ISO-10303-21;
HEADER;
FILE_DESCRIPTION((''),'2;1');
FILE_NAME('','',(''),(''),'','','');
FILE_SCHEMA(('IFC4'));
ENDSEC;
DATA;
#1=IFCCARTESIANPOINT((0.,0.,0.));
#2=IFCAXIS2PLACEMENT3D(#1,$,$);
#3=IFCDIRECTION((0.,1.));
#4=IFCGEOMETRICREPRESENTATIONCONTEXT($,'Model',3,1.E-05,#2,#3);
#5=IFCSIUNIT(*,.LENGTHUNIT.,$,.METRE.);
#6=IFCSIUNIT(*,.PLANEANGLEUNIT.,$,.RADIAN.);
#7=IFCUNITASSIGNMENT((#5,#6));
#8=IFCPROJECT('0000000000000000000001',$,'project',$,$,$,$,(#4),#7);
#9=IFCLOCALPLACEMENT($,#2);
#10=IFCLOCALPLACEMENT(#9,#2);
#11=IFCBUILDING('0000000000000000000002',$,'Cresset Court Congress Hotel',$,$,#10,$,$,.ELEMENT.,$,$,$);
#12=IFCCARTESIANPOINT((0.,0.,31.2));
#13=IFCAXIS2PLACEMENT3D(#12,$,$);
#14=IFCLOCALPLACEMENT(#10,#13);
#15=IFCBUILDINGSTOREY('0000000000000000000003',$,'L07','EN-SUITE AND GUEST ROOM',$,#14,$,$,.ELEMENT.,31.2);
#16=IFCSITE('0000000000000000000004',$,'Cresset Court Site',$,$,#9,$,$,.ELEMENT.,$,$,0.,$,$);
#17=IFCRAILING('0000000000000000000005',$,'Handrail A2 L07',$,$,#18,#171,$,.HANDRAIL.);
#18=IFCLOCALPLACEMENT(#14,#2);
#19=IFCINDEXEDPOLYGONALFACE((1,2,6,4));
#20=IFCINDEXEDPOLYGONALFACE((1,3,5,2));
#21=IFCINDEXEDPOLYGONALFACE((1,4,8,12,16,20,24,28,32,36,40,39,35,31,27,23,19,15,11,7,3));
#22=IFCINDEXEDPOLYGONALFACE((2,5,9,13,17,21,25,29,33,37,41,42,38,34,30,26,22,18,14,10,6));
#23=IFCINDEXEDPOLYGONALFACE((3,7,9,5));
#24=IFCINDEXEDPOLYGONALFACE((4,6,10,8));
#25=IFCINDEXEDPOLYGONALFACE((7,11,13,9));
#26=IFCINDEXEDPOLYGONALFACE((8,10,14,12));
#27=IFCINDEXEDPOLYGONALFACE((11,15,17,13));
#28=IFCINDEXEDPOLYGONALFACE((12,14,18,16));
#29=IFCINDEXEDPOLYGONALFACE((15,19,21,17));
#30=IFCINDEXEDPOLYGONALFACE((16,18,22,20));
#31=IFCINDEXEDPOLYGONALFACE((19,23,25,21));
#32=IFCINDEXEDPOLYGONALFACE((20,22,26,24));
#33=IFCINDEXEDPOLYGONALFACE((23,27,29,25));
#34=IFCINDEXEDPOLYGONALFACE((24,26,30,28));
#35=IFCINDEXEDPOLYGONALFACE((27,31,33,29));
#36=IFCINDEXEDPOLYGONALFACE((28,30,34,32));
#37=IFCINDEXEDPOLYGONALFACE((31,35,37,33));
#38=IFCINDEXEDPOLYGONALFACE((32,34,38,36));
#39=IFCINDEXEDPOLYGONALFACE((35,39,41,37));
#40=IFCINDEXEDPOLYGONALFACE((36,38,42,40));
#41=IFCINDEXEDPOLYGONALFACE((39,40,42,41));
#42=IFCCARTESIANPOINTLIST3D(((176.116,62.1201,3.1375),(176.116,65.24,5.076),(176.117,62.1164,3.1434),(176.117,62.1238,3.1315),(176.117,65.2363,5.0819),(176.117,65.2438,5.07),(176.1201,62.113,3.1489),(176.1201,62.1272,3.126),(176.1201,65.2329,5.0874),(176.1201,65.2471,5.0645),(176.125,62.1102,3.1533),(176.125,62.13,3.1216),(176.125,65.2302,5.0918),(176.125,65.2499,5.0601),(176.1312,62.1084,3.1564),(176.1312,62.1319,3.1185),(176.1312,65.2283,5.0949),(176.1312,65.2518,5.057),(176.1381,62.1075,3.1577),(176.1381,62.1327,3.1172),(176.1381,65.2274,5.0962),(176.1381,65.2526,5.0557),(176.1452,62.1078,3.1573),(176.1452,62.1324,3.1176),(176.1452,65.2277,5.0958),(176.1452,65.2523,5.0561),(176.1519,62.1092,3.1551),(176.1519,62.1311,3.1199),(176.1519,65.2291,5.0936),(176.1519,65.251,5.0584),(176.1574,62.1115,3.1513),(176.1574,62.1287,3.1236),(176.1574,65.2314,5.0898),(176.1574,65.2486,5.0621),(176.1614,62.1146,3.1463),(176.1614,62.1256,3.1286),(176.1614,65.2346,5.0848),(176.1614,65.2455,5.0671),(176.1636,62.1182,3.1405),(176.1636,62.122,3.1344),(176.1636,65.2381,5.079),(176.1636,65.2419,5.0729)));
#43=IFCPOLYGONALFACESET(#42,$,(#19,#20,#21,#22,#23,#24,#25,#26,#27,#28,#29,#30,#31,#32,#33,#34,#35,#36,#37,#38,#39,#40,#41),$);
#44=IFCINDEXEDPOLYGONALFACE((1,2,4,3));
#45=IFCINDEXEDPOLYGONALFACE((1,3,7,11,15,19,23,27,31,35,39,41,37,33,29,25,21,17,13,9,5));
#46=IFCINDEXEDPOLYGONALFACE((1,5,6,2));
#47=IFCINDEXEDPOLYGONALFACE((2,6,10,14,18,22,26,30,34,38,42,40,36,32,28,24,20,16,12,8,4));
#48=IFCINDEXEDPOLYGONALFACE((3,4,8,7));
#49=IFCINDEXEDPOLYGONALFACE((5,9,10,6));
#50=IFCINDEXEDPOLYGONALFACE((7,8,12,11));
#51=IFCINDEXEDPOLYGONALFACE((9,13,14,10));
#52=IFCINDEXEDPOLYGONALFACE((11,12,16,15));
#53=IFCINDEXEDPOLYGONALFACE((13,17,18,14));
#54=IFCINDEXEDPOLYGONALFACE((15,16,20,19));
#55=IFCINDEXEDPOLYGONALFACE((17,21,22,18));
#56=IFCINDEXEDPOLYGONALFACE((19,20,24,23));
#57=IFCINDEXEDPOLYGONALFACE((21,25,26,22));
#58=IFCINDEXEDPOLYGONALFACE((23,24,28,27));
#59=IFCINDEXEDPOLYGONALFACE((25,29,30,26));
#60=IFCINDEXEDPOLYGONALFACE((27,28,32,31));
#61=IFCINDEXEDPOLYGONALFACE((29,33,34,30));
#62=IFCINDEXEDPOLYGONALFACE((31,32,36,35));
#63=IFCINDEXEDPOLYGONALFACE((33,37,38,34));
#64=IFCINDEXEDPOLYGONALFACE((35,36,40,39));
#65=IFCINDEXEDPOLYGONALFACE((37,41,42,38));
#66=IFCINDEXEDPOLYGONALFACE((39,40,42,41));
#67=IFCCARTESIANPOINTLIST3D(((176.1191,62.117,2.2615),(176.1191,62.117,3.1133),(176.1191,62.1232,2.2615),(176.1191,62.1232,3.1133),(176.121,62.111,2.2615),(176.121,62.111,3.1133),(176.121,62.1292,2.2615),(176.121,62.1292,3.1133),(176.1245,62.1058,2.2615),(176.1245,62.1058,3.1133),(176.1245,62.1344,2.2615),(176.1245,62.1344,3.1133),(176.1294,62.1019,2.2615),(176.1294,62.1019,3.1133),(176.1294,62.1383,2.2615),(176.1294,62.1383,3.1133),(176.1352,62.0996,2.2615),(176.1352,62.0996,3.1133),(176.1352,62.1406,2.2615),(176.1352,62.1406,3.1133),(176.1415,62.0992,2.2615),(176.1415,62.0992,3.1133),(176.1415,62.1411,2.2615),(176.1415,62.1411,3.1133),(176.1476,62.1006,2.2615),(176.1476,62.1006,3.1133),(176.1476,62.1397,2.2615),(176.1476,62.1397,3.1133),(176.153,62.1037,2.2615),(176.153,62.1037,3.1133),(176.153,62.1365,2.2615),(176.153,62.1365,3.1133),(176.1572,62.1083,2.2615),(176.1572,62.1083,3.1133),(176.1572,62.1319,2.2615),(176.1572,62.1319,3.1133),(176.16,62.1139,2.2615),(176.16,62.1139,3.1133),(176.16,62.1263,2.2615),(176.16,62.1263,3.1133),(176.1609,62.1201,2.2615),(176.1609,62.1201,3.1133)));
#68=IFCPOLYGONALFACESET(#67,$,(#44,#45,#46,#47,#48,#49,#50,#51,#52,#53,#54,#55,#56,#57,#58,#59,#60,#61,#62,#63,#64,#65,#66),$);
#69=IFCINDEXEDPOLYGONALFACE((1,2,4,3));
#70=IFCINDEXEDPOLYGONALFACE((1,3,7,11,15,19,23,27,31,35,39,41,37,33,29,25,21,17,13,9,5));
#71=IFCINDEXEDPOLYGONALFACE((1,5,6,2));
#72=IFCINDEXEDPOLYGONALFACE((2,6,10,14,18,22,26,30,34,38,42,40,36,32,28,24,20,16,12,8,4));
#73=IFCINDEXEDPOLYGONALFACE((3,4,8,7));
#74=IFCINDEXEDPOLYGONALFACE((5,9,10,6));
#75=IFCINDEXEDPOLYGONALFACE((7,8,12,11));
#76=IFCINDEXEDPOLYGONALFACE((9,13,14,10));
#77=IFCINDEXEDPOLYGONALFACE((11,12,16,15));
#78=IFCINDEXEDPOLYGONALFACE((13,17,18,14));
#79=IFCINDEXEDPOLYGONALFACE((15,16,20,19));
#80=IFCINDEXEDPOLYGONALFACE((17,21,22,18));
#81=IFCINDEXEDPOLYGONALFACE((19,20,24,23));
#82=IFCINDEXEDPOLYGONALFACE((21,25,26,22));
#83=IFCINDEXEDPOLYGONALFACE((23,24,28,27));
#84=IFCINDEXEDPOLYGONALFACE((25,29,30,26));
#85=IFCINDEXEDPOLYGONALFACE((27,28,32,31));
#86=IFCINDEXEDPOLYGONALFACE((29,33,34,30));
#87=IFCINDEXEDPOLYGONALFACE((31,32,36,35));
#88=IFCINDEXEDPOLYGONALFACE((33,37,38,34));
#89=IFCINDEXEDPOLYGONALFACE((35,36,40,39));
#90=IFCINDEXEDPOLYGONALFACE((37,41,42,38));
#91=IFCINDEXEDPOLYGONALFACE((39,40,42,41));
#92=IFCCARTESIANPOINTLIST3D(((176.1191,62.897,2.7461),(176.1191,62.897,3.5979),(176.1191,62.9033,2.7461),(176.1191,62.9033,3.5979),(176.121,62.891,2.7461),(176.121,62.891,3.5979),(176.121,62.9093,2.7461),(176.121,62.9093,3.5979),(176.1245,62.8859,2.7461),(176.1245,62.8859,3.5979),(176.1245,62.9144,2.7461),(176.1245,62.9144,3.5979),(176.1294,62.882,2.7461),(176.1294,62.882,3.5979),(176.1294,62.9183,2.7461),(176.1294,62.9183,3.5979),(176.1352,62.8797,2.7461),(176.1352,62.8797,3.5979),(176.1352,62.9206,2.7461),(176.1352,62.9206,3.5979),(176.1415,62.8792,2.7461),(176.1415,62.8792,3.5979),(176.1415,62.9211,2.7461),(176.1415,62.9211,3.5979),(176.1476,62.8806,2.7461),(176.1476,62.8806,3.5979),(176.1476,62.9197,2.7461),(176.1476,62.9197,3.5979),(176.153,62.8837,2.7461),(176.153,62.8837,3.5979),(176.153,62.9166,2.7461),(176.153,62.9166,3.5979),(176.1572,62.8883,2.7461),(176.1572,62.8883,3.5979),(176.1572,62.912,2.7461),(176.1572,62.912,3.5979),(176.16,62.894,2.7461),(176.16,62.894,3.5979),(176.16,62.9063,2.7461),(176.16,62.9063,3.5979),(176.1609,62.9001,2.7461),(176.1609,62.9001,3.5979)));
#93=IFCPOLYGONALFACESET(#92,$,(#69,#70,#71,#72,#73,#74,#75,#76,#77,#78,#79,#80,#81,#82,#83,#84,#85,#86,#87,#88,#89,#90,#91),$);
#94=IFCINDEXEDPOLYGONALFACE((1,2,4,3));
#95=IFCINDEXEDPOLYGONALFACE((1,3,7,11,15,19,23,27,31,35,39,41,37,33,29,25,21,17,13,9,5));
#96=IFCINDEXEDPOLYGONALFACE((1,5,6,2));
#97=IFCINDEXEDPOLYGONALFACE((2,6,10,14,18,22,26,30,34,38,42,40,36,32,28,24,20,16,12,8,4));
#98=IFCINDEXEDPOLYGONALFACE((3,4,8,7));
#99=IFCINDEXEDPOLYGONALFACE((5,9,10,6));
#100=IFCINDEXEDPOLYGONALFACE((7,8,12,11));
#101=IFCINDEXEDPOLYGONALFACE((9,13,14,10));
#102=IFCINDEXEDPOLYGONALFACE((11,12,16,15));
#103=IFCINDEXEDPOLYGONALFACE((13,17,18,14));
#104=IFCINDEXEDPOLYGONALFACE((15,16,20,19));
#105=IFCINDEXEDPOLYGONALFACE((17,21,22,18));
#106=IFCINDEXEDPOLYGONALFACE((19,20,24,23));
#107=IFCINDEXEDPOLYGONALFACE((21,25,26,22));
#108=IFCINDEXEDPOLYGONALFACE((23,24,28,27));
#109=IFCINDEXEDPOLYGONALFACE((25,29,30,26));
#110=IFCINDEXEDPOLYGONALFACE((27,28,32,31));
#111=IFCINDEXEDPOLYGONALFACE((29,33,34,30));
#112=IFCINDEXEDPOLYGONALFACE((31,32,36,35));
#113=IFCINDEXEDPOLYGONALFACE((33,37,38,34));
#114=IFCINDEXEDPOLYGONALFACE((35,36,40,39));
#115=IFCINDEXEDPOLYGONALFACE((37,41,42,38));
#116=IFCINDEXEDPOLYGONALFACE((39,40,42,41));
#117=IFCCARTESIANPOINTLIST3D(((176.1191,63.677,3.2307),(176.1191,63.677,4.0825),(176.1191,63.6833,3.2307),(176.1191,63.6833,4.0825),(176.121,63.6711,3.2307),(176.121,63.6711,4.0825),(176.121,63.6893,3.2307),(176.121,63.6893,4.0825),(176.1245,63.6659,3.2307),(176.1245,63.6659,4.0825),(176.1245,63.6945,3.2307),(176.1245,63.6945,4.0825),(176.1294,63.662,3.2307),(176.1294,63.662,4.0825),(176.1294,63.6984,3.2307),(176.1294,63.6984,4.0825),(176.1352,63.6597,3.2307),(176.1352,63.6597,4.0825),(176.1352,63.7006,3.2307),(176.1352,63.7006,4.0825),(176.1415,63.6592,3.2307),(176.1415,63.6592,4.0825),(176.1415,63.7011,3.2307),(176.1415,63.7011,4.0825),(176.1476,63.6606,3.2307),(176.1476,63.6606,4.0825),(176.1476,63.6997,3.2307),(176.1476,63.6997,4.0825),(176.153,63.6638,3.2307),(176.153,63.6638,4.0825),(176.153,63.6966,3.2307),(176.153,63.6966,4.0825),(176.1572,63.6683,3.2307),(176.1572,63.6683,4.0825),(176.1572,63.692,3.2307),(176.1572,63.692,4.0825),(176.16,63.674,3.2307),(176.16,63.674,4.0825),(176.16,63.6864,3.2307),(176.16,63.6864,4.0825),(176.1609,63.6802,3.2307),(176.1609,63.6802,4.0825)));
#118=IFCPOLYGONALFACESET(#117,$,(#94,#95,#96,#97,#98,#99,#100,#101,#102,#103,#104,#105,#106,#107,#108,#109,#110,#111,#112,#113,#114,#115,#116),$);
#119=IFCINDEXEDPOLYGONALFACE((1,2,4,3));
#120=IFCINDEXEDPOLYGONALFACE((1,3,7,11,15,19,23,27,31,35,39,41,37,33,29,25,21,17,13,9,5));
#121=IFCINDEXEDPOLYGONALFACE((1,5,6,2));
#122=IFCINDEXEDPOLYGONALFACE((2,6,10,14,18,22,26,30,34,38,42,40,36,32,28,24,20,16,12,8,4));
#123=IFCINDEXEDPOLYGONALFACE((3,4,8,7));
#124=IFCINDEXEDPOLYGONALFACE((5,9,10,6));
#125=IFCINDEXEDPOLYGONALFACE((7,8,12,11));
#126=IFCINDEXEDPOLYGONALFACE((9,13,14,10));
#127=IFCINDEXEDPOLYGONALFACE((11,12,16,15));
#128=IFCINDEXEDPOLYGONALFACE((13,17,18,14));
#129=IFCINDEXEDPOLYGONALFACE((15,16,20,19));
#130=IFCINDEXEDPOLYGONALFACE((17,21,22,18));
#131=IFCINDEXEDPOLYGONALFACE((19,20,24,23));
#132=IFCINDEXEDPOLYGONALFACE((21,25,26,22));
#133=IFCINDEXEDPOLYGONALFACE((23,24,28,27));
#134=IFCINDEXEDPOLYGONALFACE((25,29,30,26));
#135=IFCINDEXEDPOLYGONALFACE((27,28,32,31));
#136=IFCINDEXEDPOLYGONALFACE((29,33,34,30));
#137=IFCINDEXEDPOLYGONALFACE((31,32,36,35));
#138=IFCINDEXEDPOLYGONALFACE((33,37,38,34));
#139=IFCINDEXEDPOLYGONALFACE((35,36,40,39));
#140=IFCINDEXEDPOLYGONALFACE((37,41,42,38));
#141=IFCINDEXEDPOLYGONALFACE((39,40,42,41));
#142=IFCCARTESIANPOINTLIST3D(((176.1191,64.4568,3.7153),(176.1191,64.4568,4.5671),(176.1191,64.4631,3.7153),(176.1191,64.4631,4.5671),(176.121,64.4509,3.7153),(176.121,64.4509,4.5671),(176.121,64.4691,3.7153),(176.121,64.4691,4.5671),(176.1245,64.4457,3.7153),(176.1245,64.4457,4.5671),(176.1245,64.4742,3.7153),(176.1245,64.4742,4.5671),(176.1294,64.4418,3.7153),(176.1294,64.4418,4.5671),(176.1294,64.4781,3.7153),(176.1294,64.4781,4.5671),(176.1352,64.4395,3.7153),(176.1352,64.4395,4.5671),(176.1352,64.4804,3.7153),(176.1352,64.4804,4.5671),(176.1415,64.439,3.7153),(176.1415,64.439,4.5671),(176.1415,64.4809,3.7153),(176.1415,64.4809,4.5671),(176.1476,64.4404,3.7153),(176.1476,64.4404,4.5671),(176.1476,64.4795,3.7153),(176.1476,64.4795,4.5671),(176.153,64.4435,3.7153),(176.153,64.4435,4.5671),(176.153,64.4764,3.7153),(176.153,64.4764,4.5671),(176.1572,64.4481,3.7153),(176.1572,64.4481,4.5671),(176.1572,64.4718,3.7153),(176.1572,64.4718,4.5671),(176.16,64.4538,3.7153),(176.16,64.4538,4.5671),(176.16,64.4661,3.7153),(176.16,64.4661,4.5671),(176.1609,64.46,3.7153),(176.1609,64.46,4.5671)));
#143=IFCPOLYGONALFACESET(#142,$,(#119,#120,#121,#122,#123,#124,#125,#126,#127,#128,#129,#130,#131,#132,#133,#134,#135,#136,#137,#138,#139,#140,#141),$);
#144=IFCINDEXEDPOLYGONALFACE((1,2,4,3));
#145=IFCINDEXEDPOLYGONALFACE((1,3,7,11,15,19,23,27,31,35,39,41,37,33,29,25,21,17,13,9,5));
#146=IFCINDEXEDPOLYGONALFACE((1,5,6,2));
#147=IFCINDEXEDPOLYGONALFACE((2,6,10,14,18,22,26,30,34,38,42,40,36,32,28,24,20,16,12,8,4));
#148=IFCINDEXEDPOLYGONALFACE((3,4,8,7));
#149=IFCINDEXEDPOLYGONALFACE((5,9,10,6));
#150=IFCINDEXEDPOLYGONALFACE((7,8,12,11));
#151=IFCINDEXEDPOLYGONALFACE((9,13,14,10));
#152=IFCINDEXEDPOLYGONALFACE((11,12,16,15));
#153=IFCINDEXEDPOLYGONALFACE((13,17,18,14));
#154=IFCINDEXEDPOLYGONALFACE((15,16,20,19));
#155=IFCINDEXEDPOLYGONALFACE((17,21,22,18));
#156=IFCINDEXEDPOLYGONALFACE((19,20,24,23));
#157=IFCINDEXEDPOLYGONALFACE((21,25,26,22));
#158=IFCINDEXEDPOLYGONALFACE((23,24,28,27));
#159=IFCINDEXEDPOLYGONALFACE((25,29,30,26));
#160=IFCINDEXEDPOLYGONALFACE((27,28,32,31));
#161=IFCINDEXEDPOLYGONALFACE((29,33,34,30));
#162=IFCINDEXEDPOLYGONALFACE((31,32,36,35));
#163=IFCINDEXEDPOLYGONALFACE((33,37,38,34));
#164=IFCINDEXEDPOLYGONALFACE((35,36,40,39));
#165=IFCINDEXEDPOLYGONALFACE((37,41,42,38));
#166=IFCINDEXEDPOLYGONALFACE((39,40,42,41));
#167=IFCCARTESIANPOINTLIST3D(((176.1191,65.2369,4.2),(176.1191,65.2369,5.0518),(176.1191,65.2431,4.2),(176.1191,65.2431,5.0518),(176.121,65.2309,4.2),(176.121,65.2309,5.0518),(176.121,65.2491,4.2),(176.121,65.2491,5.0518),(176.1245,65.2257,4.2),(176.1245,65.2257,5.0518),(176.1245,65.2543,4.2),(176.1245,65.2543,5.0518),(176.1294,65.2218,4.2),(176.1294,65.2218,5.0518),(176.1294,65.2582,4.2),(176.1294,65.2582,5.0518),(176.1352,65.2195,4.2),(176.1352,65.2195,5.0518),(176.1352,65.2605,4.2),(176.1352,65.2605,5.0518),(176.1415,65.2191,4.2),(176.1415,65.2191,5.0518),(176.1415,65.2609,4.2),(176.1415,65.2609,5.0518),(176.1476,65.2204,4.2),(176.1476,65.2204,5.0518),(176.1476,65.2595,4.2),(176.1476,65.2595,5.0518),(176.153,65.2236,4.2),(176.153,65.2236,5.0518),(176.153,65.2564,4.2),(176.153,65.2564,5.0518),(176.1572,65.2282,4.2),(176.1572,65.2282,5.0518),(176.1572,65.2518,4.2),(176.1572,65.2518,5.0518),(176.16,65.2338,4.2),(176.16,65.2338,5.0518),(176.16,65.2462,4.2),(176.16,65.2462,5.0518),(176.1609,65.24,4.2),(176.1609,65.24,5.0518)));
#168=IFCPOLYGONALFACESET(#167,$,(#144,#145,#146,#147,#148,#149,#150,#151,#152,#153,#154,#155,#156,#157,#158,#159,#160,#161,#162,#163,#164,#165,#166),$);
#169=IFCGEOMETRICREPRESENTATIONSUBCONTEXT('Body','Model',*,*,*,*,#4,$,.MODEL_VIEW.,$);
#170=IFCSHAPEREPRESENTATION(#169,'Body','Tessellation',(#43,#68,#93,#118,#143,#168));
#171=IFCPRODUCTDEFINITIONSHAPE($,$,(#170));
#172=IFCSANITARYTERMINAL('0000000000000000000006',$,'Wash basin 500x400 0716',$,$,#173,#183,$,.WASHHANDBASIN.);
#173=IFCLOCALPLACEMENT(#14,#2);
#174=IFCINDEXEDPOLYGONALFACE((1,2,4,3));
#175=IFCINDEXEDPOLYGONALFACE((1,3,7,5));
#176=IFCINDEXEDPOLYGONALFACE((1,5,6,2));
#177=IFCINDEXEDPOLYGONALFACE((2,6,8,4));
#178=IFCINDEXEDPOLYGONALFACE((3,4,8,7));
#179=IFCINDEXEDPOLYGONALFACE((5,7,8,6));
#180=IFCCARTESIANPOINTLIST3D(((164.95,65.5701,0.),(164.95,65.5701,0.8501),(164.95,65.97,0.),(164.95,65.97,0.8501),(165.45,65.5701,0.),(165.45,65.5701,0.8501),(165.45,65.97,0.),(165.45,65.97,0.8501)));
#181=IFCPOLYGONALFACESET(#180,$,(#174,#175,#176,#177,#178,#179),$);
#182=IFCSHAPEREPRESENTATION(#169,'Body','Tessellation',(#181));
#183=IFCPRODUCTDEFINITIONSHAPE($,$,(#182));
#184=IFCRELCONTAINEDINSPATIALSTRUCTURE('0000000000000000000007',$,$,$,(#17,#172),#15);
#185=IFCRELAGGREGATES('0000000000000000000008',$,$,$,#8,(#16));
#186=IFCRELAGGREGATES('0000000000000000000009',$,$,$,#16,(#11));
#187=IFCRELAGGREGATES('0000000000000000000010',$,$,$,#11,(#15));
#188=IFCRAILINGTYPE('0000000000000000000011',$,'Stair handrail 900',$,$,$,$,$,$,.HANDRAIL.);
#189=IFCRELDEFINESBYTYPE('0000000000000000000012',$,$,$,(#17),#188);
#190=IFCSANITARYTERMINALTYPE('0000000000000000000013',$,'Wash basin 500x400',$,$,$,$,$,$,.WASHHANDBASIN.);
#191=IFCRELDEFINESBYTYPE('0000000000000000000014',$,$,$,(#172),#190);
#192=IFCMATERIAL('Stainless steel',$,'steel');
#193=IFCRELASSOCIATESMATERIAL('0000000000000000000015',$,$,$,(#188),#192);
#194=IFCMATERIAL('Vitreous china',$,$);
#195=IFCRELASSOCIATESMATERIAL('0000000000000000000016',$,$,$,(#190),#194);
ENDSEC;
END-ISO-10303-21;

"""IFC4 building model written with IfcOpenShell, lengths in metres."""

from ifc_helpers import new_model, si_unit, direction, frame, origin, origin_2d, place, context, subcontext, project, spatial, rectangle, circle, extrude, material, type_object, element, save


model = new_model("IFC4")

# Units and contexts
model_context = context("Model", 3, precision=1e-05, world=origin(), true_north=direction((0.0, 1.0)))
body_context = subcontext(model_context, "Body", "Model", "MODEL_VIEW")
ifc_project = project(units=[si_unit("LENGTHUNIT", "METRE"), si_unit("PLANEANGLEUNIT", "RADIAN")], contexts=[model_context])

# Site, building, storey
site_placement = place(None, origin())
site = spatial("IfcSite", under=ifc_project, at=site_placement, Name="Cresset Court Site", CompositionType="ELEMENT", RefElevation=0.0)
building_placement = place(site_placement, origin())
building = spatial("IfcBuilding", under=site, at=building_placement, Name="Cresset Court Congress Hotel", CompositionType="ELEMENT")
storey_placement = place(building_placement, frame((0.0, 0.0, 31.2)))
storey = spatial("IfcBuildingStorey", under=building, at=storey_placement, Name="L07", Description="EN-SUITE AND GUEST ROOM", CompositionType="ELEMENT", Elevation=31.2)

# Railing
ifc_material_1 = material(Name="Stainless steel", Category="steel")
railing_type_1 = type_object("IfcRailingType", Name="Stair handrail 900", PredefinedType="HANDRAIL", material=ifc_material_1)
railing_1_placement = place(storey_placement, frame((176.1399, 62.1201, 2.2615)))
element("IfcRailing", 1, at=railing_1_placement, inside=storey, type_object=railing_type_1, Name="Handrail A2 L07", PredefinedType="HANDRAIL", context=body_context, shape_type="SweptSolid", body=[
    extrude(circle(Radius=0.0239, at=origin_2d()), frame((0.0, 0.0, 0.876), z_axis=(0.0, 0.849396, 0.527757), x_axis=(-1.0, 0.0, 0.0)), (0.0, 0.0, 1.0), 3.6731),
    extrude(circle(Radius=0.021, at=origin_2d()), origin(), (0.0, 0.0, 1.0), 0.8518),
    extrude(circle(Radius=0.021, at=origin_2d()), frame((0.0, 0.78, 0.4846)), (0.0, 0.0, 1.0), 0.8518),
    extrude(circle(Radius=0.021, at=origin_2d()), frame((0.0, 1.5601, 0.9692)), (0.0, 0.0, 1.0), 0.8518),
    extrude(circle(Radius=0.021, at=origin_2d()), frame((0.0, 2.3398, 1.4539)), (0.0, 0.0, 1.0), 0.8518),
    extrude(circle(Radius=0.021, at=origin_2d()), frame((0.0, 3.1199, 1.9385)), (0.0, 0.0, 1.0), 0.8518),
])

# Sanitary terminal
ifc_material_2 = material(Name="Vitreous china")
sanitary_terminal_type = type_object("IfcSanitaryTerminalType", Name="Wash basin 500x400", PredefinedType="WASHHANDBASIN", material=ifc_material_2)
sanitary_terminal_placement = place(storey_placement, frame((165.2, 65.77, 0.0), z_axis=(0.0, 0.0, 1.0), x_axis=(1.0, 0.0, 0.0)))
element("IfcSanitaryTerminal", 2, at=sanitary_terminal_placement, inside=storey, type_object=sanitary_terminal_type, Name="Wash basin 500x400 0716", PredefinedType="WASHHANDBASIN", context=body_context, shape_type="SweptSolid", body=[
    extrude(rectangle(XDim=0.5, YDim=0.3999, at=origin_2d()), origin(), (0.0, 0.0, 1.0), 0.8501),
])

save(model, "model.ifc")
